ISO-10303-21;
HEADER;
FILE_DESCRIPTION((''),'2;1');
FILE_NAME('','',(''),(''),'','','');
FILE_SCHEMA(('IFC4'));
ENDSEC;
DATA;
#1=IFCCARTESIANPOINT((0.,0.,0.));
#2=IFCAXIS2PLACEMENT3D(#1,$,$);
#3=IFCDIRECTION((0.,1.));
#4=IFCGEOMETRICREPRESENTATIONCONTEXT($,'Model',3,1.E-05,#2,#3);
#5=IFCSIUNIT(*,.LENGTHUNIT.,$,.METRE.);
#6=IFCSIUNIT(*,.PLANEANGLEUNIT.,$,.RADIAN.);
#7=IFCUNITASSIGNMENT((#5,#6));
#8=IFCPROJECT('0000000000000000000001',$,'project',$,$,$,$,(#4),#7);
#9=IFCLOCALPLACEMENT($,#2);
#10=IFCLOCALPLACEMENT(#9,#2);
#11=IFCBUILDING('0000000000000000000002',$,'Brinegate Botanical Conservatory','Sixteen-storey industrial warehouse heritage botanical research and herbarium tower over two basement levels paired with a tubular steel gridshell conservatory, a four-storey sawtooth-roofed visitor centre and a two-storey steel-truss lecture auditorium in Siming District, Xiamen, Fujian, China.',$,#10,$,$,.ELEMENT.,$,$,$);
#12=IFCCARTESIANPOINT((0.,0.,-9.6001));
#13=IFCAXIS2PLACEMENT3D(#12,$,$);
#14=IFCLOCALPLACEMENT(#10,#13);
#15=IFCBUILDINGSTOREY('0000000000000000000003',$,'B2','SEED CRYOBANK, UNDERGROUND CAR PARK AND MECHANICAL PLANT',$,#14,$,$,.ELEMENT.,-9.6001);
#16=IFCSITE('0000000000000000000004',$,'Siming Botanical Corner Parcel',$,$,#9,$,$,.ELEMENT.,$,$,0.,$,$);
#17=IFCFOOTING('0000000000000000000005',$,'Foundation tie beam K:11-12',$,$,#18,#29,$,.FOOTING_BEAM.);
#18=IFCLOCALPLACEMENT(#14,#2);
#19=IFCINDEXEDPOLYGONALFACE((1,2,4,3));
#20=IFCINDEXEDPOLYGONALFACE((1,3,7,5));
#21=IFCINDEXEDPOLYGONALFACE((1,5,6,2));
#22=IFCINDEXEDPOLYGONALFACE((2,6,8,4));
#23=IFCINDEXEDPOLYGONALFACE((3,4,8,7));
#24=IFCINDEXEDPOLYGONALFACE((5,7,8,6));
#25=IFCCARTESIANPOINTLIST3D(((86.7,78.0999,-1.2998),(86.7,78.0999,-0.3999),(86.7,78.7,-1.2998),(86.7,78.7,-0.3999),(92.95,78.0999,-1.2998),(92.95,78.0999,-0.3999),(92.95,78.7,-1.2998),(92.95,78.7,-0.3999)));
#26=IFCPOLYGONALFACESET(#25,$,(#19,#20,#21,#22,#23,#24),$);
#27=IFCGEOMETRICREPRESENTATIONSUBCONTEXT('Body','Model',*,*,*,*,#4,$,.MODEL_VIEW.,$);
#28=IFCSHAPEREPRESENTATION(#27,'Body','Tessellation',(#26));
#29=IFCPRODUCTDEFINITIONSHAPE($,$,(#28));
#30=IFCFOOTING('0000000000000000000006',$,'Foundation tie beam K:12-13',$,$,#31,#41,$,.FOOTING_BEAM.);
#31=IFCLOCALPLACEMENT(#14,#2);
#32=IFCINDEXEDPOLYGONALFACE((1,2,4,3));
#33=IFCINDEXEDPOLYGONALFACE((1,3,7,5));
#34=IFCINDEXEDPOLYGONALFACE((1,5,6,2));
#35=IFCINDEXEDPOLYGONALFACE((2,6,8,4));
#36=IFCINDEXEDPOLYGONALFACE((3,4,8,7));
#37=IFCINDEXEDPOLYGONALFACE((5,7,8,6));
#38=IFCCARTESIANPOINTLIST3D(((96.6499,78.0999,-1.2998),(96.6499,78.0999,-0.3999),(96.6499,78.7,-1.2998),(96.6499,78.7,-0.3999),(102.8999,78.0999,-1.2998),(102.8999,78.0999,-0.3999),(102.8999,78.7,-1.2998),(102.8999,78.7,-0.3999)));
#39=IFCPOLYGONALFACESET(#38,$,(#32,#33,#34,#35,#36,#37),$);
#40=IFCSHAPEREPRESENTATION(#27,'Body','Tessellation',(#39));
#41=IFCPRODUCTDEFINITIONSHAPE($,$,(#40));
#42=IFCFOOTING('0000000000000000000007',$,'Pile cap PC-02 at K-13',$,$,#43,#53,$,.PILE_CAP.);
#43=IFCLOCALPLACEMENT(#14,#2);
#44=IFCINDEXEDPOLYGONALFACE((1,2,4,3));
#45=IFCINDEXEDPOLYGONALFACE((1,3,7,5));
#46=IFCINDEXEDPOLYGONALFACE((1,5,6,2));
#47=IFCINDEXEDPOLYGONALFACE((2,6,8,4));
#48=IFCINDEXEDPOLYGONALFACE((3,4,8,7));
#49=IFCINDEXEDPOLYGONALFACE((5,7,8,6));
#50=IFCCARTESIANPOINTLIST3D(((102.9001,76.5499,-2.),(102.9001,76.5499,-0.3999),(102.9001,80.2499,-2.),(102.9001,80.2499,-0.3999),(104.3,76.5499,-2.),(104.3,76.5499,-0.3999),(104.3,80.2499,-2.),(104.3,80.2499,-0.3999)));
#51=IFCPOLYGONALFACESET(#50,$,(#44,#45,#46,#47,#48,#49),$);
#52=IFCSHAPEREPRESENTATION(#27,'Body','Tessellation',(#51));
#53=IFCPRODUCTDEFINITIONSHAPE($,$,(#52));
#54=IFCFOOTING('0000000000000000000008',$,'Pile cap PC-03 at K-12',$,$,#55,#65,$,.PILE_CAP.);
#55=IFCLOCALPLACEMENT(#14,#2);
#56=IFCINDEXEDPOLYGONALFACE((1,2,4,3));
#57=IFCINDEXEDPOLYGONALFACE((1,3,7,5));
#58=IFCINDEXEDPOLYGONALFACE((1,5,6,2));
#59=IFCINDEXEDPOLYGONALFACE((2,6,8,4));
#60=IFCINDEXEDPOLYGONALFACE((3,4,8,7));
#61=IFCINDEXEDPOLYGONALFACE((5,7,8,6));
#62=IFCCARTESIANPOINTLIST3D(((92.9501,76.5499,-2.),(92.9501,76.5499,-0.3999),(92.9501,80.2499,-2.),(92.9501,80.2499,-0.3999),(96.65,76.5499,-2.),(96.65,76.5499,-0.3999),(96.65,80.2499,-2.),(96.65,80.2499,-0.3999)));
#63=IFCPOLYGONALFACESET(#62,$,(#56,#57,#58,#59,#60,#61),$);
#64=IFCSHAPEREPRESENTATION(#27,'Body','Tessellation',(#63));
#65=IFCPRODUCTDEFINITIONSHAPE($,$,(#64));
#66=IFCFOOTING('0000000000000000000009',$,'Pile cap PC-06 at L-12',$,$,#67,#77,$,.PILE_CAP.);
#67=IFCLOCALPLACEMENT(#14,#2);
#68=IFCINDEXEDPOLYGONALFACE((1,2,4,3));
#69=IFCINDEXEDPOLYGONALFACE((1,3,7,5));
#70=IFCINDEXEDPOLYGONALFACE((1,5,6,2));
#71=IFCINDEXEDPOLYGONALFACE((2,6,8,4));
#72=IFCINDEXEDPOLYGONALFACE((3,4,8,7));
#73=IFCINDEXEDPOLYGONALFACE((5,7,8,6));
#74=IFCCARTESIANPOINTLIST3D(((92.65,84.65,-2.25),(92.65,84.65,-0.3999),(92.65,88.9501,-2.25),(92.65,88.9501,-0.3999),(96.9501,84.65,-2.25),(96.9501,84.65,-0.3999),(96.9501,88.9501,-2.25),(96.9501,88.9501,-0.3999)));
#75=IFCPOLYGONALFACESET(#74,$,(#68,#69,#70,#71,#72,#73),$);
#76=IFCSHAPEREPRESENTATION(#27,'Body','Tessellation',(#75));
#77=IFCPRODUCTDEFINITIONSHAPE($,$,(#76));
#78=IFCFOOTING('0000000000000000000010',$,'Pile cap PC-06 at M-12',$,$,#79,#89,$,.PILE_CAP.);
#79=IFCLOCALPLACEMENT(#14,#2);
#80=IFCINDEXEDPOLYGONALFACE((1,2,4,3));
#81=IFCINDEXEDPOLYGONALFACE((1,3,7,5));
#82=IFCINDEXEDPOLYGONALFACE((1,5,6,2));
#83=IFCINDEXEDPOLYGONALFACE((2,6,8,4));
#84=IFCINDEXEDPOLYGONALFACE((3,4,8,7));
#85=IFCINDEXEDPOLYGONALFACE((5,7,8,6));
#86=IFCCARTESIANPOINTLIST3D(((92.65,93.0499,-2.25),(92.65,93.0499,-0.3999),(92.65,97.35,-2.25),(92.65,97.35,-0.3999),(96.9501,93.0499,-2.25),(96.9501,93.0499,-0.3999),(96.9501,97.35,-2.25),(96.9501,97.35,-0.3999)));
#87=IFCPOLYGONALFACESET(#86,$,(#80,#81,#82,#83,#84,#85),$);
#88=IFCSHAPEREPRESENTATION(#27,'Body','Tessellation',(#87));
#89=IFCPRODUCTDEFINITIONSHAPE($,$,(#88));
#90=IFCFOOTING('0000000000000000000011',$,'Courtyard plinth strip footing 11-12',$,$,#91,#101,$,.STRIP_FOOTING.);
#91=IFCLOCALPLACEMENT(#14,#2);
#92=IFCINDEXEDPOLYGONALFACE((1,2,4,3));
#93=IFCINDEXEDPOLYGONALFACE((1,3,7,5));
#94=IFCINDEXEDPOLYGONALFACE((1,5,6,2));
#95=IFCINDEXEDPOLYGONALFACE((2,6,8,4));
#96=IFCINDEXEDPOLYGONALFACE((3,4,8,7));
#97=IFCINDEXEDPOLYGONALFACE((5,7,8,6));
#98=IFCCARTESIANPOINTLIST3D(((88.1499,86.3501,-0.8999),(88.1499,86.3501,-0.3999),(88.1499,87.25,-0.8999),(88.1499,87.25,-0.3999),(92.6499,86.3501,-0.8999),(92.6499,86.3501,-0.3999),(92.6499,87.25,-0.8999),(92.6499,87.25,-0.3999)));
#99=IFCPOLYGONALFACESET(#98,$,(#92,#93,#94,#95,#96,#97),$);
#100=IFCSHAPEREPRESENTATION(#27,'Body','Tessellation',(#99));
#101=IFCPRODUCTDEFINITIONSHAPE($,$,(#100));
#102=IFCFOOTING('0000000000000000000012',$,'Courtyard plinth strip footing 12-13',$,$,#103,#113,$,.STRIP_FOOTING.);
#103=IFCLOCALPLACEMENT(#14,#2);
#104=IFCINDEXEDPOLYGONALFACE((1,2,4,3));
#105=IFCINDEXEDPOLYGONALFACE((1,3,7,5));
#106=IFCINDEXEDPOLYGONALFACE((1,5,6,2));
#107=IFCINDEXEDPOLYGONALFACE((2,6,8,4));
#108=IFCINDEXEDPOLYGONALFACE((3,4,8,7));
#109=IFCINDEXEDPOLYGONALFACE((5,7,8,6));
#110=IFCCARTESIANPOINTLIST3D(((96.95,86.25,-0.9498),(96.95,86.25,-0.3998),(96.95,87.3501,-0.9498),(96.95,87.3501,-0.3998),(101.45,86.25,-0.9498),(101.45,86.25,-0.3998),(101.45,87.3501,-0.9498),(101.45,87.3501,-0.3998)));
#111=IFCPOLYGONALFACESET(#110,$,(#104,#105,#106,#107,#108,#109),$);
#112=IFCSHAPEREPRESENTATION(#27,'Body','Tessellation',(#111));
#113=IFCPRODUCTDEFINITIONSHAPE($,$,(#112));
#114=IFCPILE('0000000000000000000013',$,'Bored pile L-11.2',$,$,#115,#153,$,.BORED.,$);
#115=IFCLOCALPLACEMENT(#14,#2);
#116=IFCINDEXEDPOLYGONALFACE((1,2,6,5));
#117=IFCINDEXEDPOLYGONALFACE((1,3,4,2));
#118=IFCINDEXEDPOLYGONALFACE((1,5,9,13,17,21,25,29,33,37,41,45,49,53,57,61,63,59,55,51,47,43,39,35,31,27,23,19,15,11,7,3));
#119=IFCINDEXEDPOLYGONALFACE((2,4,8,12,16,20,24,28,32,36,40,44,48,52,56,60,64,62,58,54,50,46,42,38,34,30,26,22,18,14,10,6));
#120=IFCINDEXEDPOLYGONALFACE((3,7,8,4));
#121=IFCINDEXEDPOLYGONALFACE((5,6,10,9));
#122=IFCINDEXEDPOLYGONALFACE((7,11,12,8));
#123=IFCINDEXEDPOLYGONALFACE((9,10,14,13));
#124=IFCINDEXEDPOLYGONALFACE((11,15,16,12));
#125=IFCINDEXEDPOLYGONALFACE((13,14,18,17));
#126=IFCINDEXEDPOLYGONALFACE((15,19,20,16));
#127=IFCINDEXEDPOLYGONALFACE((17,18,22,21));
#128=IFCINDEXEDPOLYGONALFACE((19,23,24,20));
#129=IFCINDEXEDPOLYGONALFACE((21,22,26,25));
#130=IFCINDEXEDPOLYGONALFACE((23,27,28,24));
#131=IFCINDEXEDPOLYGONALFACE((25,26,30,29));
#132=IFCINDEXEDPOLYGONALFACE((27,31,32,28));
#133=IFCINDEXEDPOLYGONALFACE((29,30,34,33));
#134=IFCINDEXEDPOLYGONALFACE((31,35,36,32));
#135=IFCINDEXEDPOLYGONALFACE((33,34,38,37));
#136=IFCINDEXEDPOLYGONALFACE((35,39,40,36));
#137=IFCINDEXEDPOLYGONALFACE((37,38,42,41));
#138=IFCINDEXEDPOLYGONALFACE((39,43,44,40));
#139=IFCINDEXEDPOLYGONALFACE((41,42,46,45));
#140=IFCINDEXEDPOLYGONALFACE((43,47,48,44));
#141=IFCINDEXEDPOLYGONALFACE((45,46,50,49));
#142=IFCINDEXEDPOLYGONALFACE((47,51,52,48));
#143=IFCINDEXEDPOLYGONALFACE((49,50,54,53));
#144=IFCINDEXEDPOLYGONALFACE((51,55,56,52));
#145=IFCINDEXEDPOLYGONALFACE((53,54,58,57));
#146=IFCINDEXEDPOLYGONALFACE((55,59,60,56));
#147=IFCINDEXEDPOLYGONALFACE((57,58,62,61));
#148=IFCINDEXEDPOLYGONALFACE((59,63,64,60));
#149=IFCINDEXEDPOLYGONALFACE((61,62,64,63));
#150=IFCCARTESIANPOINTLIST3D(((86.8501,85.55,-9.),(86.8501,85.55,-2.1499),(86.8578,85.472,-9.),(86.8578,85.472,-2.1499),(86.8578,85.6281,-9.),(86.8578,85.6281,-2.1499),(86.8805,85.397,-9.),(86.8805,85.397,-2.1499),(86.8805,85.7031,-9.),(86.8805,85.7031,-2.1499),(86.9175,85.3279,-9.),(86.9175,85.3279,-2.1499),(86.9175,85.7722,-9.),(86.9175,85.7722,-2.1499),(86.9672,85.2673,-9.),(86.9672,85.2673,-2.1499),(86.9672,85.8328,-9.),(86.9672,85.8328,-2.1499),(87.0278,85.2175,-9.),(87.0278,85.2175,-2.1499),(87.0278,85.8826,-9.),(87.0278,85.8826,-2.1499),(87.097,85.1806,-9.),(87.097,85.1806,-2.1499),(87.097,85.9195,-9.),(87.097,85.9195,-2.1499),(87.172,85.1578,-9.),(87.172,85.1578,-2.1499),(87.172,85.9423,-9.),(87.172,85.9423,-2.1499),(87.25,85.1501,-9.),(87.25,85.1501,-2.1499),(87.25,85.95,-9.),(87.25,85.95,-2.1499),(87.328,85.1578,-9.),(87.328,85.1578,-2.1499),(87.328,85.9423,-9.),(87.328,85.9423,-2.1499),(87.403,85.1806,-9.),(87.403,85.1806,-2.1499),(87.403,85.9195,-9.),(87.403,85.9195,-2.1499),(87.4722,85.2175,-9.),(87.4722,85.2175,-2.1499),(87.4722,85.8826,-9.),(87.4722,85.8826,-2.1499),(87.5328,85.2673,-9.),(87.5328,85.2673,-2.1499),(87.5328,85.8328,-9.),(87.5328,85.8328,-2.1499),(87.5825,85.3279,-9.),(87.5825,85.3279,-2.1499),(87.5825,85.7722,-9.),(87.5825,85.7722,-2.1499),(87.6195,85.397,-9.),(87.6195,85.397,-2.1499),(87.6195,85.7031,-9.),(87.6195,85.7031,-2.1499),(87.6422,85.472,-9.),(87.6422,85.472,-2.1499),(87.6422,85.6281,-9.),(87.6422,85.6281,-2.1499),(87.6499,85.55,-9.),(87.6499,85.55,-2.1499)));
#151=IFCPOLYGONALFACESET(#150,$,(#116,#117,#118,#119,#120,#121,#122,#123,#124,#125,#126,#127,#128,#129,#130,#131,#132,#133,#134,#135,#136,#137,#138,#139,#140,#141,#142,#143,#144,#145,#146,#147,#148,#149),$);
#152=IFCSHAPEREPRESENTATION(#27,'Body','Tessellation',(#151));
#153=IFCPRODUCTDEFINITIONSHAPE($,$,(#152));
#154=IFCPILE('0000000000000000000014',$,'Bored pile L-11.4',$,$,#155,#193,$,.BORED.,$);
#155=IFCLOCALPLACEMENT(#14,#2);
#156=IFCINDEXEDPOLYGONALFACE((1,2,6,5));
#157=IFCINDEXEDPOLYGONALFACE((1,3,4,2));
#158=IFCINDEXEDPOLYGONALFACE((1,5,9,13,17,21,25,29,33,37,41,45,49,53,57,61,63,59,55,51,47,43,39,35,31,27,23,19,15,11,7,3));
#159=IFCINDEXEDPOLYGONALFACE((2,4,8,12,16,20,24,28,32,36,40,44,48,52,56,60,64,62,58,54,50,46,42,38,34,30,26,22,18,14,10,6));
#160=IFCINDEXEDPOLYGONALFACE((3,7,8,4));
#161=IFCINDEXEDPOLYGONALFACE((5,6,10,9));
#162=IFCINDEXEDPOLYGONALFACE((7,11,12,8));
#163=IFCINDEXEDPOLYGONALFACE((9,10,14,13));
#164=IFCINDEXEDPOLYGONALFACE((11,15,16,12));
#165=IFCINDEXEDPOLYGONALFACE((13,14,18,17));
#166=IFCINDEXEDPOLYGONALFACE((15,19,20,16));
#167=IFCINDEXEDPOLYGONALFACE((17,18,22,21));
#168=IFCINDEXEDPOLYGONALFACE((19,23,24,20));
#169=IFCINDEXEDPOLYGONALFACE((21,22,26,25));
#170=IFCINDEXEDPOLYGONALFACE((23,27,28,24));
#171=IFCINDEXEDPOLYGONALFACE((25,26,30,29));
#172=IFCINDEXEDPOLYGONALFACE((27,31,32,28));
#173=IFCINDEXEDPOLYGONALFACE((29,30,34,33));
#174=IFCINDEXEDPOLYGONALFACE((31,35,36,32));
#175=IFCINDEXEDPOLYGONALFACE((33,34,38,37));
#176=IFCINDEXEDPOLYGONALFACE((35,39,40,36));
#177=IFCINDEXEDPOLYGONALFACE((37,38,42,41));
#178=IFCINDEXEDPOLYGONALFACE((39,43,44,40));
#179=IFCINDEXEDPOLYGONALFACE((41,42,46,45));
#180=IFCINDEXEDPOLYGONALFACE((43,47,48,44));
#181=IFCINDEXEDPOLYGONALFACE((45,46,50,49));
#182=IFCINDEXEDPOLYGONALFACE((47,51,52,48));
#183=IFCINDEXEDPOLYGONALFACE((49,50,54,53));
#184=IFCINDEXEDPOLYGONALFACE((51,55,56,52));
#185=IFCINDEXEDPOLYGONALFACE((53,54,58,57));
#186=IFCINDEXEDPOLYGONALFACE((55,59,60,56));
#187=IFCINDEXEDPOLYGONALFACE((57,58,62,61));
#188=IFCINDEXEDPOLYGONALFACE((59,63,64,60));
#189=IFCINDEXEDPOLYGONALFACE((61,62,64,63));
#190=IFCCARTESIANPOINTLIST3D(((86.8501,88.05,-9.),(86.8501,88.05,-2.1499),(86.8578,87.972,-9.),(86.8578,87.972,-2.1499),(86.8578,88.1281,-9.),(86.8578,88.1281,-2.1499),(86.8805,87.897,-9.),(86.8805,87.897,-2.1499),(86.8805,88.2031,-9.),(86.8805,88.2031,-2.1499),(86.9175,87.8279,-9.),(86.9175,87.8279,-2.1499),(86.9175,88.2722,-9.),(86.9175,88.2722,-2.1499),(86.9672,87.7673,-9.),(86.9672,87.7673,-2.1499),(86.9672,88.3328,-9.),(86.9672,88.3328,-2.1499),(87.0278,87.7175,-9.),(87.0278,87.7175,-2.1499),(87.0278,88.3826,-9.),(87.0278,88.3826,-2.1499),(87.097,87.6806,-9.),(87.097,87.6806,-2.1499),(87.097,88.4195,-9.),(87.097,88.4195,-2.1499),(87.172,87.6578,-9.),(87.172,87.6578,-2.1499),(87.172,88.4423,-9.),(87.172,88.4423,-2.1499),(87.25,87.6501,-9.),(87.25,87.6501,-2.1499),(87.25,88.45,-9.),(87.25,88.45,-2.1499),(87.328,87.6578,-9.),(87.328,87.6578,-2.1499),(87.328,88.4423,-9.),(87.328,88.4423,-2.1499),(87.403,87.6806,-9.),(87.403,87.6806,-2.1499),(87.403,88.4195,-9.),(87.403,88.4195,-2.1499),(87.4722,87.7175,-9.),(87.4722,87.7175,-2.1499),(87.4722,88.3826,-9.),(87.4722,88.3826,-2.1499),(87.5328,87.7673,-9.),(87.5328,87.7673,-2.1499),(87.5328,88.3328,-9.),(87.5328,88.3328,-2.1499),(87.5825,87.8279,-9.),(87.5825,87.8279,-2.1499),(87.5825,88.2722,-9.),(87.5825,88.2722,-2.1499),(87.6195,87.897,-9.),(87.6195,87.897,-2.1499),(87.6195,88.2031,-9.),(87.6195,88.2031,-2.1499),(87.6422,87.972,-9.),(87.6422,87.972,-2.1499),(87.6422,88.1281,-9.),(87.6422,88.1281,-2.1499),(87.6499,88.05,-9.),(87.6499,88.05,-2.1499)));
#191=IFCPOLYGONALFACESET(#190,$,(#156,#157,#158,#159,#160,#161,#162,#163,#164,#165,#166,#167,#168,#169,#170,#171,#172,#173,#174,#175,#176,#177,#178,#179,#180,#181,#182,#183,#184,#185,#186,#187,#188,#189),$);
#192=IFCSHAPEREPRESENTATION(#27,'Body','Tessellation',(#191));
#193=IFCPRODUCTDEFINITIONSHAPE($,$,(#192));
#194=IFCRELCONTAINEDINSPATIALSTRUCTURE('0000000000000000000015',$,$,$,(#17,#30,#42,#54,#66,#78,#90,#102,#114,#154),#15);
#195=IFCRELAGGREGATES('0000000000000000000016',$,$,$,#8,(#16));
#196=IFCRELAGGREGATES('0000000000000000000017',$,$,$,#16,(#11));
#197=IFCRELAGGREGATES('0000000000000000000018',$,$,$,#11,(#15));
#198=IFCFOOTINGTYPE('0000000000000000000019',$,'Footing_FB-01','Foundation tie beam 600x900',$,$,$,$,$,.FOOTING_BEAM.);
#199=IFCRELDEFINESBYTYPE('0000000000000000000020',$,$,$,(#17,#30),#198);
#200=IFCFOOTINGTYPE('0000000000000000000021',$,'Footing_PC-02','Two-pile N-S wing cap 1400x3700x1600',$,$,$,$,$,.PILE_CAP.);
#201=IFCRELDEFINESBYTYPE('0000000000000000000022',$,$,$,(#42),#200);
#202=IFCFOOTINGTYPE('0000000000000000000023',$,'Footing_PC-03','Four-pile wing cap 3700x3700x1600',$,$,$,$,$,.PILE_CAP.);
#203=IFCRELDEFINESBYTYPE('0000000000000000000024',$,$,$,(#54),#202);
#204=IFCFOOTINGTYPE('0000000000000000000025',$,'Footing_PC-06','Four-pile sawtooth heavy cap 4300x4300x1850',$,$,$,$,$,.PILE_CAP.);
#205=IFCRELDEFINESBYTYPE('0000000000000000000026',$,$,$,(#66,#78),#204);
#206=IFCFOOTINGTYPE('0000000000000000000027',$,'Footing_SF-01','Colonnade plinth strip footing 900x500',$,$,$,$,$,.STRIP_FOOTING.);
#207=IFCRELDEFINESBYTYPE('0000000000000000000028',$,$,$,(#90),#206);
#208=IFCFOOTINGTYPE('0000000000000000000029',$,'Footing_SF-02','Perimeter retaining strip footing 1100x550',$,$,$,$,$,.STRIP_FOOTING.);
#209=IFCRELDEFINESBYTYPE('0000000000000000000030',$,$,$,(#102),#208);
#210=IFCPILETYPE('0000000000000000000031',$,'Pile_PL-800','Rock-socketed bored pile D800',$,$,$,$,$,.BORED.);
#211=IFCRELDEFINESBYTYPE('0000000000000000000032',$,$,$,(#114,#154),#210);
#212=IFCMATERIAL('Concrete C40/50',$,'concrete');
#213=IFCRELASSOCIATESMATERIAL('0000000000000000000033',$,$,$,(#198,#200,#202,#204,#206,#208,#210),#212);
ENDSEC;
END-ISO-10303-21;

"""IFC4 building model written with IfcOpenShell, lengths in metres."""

from ifc_helpers import new_model, si_unit, direction, frame, origin, origin_2d, place, context, subcontext, project, spatial, rectangle, circle, extrude, material, material_profile, profile_set, type_object, element, save


model = new_model("IFC4")

# Units and contexts
model_context = context("Model", 3, precision=1e-05, world=origin(), true_north=direction((0.0, 1.0)))
body_context = subcontext(model_context, "Body", "Model", "MODEL_VIEW")
ifc_project = project(units=[si_unit("LENGTHUNIT", "METRE"), si_unit("PLANEANGLEUNIT", "RADIAN")], contexts=[model_context])

# Site, building, storey
site_placement = place(None, origin())
site = spatial("IfcSite", under=ifc_project, at=site_placement, Name="Siming Botanical Corner Parcel", CompositionType="ELEMENT", RefElevation=0.0)
building_placement = place(site_placement, origin())
building = spatial("IfcBuilding", under=site, at=building_placement, Name="Brinegate Botanical Conservatory", Description="Sixteen-storey industrial warehouse heritage botanical research and herbarium tower over two basement levels paired with a tubular steel gridshell conservatory, a four-storey sawtooth-roofed visitor centre and a two-storey steel-truss lecture auditorium in Siming District, Xiamen, Fujian, China.", CompositionType="ELEMENT")
storey_placement = place(building_placement, frame((0.0, 0.0, -9.6001)))
storey = spatial("IfcBuildingStorey", under=building, at=storey_placement, Name="B2", Description="SEED CRYOBANK, UNDERGROUND CAR PARK AND MECHANICAL PLANT", CompositionType="ELEMENT", Elevation=-9.6001)

# Footings
ifc_material = material(Name="Concrete C40/50", Category="concrete")
ifc_material_profile_1 = material_profile(ifc_material, rectangle(XDim=0.6001, YDim=0.8999, at=origin_2d()), Name="RC GB 600x900")
ifc_profile_set_1 = profile_set([ifc_material_profile_1], Name="Concrete C40/50")
footing_type_1 = type_object("IfcFootingType", Name="Footing_FB-01", Description="Foundation tie beam 600x900", PredefinedType="FOOTING_BEAM", material=ifc_profile_set_1)
for number, where, z_axis, x_axis, name in (
    (1, (86.7, 78.3999, -0.8499), (1.0, 0.0, 0.0), (0.0, 1.0, 0.0), "Foundation tie beam K:11-12"),
    (2, (96.6499, 78.3999, -0.8499), (1.0, 0.0, 0.0), (0.0, 1.0, 0.0), "Foundation tie beam K:12-13"),
):
    element("IfcFooting", number, at=place(storey_placement, frame(where, z_axis=z_axis, x_axis=x_axis)), inside=storey, type_object=footing_type_1, Name=name, PredefinedType="FOOTING_BEAM", context=body_context, shape_type="SweptSolid", body=[
        extrude(rectangle(XDim=0.6001, YDim=0.8999, at=origin_2d()), origin(), (0.0, 0.0, 1.0), 6.25),
    ])
footing_type_2 = type_object("IfcFootingType", Name="Footing_PC-02", Description="Two-pile N-S wing cap 1400x3700x1600", PredefinedType="PILE_CAP", material=ifc_material)
footing_1_placement = place(storey_placement, frame((103.6001, 78.3999, -2.0), z_axis=(0.0, 0.0, 1.0), x_axis=(1.0, 0.0, 0.0)))
element("IfcFooting", 3, at=footing_1_placement, inside=storey, type_object=footing_type_2, Name="Pile cap PC-02 at K-13", PredefinedType="PILE_CAP", context=body_context, shape_type="SweptSolid", body=[
    extrude(rectangle(XDim=1.3999, YDim=3.7, at=origin_2d()), origin(), (0.0, 0.0, 1.0), 1.6001),
])
footing_type_3 = type_object("IfcFootingType", Name="Footing_PC-03", Description="Four-pile wing cap 3700x3700x1600", PredefinedType="PILE_CAP", material=ifc_material)
footing_2_placement = place(storey_placement, frame((94.8, 78.3999, -2.0), z_axis=(0.0, 0.0, 1.0), x_axis=(1.0, 0.0, 0.0)))
element("IfcFooting", 4, at=footing_2_placement, inside=storey, type_object=footing_type_3, Name="Pile cap PC-03 at K-12", PredefinedType="PILE_CAP", context=body_context, shape_type="SweptSolid", body=[
    extrude(rectangle(XDim=3.7, YDim=3.7, at=origin_2d()), origin(), (0.0, 0.0, 1.0), 1.6001),
])
footing_type_4 = type_object("IfcFootingType", Name="Footing_PC-06", Description="Four-pile sawtooth heavy cap 4300x4300x1850", PredefinedType="PILE_CAP", material=ifc_material)
for number, where, z_axis, x_axis, name in (
    (5, (94.8, 86.8, -2.25), (0.0, 0.0, 1.0), (1.0, 0.0, 0.0), "Pile cap PC-06 at L-12"),
    (6, (94.8, 95.2, -2.25), (0.0, 0.0, 1.0), (1.0, 0.0, 0.0), "Pile cap PC-06 at M-12"),
):
    element("IfcFooting", number, at=place(storey_placement, frame(where, z_axis=z_axis, x_axis=x_axis)), inside=storey, type_object=footing_type_4, Name=name, PredefinedType="PILE_CAP", context=body_context, shape_type="SweptSolid", body=[
        extrude(rectangle(XDim=4.3, YDim=4.3, at=origin_2d()), origin(), (0.0, 0.0, 1.0), 1.8501),
    ])
ifc_material_profile_2 = material_profile(ifc_material, rectangle(XDim=0.8999, YDim=0.5, at=origin_2d()), Name="RC SF 900x500")
ifc_profile_set_2 = profile_set([ifc_material_profile_2], Name="Concrete C40/50")
footing_type_5 = type_object("IfcFootingType", Name="Footing_SF-01", Description="Colonnade plinth strip footing 900x500", PredefinedType="STRIP_FOOTING", material=ifc_profile_set_2)
footing_3_placement = place(storey_placement, frame((88.1499, 86.8, -0.6499), z_axis=(1.0, 0.0, 0.0), x_axis=(0.0, 1.0, 0.0)))
element("IfcFooting", 7, at=footing_3_placement, inside=storey, type_object=footing_type_5, Name="Courtyard plinth strip footing 11-12", PredefinedType="STRIP_FOOTING", context=body_context, shape_type="SweptSolid", body=[
    extrude(rectangle(XDim=0.8999, YDim=0.5, at=origin_2d()), origin(), (0.0, 0.0, 1.0), 4.5),
])
ifc_material_profile_3 = material_profile(ifc_material, rectangle(XDim=1.1001, YDim=0.55, at=origin_2d()), Name="RC SF 1100x550")
ifc_profile_set_3 = profile_set([ifc_material_profile_3], Name="Concrete C40/50")
footing_type_6 = type_object("IfcFootingType", Name="Footing_SF-02", Description="Perimeter retaining strip footing 1100x550", PredefinedType="STRIP_FOOTING", material=ifc_profile_set_3)
footing_4_placement = place(storey_placement, frame((96.95, 86.8, -0.6748), z_axis=(1.0, 0.0, 0.0), x_axis=(0.0, 1.0, 0.0)))
element("IfcFooting", 8, at=footing_4_placement, inside=storey, type_object=footing_type_6, Name="Courtyard plinth strip footing 12-13", PredefinedType="STRIP_FOOTING", context=body_context, shape_type="SweptSolid", body=[
    extrude(rectangle(XDim=1.1001, YDim=0.55, at=origin_2d()), origin(), (0.0, 0.0, 1.0), 4.5),
])

# Piles
ifc_material_profile_4 = material_profile(ifc_material, circle(Radius=0.3999, at=origin_2d()), Name="PILE D800")
ifc_profile_set_4 = profile_set([ifc_material_profile_4], Name="Concrete C40/50")
pile_type = type_object("IfcPileType", Name="Pile_PL-800", Description="Rock-socketed bored pile D800", PredefinedType="BORED", material=ifc_profile_set_4)
for number, where, z_axis, x_axis, name in (
    (9, (87.25, 85.55, -2.1499), (0.0, 0.0, -1.0), (1.0, 0.0, 0.0), "Bored pile L-11.2"),
    (10, (87.25, 88.05, -2.1499), (0.0, 0.0, -1.0), (1.0, 0.0, 0.0), "Bored pile L-11.4"),
):
    element("IfcPile", number, at=place(storey_placement, frame(where, z_axis=z_axis, x_axis=x_axis)), inside=storey, type_object=pile_type, Name=name, PredefinedType="BORED", context=body_context, shape_type="SweptSolid", body=[
        extrude(circle(Radius=0.3999, at=origin_2d()), origin(), (0.0, 0.0, 1.0), 6.8501),
    ])

save(model, "model.ifc")
